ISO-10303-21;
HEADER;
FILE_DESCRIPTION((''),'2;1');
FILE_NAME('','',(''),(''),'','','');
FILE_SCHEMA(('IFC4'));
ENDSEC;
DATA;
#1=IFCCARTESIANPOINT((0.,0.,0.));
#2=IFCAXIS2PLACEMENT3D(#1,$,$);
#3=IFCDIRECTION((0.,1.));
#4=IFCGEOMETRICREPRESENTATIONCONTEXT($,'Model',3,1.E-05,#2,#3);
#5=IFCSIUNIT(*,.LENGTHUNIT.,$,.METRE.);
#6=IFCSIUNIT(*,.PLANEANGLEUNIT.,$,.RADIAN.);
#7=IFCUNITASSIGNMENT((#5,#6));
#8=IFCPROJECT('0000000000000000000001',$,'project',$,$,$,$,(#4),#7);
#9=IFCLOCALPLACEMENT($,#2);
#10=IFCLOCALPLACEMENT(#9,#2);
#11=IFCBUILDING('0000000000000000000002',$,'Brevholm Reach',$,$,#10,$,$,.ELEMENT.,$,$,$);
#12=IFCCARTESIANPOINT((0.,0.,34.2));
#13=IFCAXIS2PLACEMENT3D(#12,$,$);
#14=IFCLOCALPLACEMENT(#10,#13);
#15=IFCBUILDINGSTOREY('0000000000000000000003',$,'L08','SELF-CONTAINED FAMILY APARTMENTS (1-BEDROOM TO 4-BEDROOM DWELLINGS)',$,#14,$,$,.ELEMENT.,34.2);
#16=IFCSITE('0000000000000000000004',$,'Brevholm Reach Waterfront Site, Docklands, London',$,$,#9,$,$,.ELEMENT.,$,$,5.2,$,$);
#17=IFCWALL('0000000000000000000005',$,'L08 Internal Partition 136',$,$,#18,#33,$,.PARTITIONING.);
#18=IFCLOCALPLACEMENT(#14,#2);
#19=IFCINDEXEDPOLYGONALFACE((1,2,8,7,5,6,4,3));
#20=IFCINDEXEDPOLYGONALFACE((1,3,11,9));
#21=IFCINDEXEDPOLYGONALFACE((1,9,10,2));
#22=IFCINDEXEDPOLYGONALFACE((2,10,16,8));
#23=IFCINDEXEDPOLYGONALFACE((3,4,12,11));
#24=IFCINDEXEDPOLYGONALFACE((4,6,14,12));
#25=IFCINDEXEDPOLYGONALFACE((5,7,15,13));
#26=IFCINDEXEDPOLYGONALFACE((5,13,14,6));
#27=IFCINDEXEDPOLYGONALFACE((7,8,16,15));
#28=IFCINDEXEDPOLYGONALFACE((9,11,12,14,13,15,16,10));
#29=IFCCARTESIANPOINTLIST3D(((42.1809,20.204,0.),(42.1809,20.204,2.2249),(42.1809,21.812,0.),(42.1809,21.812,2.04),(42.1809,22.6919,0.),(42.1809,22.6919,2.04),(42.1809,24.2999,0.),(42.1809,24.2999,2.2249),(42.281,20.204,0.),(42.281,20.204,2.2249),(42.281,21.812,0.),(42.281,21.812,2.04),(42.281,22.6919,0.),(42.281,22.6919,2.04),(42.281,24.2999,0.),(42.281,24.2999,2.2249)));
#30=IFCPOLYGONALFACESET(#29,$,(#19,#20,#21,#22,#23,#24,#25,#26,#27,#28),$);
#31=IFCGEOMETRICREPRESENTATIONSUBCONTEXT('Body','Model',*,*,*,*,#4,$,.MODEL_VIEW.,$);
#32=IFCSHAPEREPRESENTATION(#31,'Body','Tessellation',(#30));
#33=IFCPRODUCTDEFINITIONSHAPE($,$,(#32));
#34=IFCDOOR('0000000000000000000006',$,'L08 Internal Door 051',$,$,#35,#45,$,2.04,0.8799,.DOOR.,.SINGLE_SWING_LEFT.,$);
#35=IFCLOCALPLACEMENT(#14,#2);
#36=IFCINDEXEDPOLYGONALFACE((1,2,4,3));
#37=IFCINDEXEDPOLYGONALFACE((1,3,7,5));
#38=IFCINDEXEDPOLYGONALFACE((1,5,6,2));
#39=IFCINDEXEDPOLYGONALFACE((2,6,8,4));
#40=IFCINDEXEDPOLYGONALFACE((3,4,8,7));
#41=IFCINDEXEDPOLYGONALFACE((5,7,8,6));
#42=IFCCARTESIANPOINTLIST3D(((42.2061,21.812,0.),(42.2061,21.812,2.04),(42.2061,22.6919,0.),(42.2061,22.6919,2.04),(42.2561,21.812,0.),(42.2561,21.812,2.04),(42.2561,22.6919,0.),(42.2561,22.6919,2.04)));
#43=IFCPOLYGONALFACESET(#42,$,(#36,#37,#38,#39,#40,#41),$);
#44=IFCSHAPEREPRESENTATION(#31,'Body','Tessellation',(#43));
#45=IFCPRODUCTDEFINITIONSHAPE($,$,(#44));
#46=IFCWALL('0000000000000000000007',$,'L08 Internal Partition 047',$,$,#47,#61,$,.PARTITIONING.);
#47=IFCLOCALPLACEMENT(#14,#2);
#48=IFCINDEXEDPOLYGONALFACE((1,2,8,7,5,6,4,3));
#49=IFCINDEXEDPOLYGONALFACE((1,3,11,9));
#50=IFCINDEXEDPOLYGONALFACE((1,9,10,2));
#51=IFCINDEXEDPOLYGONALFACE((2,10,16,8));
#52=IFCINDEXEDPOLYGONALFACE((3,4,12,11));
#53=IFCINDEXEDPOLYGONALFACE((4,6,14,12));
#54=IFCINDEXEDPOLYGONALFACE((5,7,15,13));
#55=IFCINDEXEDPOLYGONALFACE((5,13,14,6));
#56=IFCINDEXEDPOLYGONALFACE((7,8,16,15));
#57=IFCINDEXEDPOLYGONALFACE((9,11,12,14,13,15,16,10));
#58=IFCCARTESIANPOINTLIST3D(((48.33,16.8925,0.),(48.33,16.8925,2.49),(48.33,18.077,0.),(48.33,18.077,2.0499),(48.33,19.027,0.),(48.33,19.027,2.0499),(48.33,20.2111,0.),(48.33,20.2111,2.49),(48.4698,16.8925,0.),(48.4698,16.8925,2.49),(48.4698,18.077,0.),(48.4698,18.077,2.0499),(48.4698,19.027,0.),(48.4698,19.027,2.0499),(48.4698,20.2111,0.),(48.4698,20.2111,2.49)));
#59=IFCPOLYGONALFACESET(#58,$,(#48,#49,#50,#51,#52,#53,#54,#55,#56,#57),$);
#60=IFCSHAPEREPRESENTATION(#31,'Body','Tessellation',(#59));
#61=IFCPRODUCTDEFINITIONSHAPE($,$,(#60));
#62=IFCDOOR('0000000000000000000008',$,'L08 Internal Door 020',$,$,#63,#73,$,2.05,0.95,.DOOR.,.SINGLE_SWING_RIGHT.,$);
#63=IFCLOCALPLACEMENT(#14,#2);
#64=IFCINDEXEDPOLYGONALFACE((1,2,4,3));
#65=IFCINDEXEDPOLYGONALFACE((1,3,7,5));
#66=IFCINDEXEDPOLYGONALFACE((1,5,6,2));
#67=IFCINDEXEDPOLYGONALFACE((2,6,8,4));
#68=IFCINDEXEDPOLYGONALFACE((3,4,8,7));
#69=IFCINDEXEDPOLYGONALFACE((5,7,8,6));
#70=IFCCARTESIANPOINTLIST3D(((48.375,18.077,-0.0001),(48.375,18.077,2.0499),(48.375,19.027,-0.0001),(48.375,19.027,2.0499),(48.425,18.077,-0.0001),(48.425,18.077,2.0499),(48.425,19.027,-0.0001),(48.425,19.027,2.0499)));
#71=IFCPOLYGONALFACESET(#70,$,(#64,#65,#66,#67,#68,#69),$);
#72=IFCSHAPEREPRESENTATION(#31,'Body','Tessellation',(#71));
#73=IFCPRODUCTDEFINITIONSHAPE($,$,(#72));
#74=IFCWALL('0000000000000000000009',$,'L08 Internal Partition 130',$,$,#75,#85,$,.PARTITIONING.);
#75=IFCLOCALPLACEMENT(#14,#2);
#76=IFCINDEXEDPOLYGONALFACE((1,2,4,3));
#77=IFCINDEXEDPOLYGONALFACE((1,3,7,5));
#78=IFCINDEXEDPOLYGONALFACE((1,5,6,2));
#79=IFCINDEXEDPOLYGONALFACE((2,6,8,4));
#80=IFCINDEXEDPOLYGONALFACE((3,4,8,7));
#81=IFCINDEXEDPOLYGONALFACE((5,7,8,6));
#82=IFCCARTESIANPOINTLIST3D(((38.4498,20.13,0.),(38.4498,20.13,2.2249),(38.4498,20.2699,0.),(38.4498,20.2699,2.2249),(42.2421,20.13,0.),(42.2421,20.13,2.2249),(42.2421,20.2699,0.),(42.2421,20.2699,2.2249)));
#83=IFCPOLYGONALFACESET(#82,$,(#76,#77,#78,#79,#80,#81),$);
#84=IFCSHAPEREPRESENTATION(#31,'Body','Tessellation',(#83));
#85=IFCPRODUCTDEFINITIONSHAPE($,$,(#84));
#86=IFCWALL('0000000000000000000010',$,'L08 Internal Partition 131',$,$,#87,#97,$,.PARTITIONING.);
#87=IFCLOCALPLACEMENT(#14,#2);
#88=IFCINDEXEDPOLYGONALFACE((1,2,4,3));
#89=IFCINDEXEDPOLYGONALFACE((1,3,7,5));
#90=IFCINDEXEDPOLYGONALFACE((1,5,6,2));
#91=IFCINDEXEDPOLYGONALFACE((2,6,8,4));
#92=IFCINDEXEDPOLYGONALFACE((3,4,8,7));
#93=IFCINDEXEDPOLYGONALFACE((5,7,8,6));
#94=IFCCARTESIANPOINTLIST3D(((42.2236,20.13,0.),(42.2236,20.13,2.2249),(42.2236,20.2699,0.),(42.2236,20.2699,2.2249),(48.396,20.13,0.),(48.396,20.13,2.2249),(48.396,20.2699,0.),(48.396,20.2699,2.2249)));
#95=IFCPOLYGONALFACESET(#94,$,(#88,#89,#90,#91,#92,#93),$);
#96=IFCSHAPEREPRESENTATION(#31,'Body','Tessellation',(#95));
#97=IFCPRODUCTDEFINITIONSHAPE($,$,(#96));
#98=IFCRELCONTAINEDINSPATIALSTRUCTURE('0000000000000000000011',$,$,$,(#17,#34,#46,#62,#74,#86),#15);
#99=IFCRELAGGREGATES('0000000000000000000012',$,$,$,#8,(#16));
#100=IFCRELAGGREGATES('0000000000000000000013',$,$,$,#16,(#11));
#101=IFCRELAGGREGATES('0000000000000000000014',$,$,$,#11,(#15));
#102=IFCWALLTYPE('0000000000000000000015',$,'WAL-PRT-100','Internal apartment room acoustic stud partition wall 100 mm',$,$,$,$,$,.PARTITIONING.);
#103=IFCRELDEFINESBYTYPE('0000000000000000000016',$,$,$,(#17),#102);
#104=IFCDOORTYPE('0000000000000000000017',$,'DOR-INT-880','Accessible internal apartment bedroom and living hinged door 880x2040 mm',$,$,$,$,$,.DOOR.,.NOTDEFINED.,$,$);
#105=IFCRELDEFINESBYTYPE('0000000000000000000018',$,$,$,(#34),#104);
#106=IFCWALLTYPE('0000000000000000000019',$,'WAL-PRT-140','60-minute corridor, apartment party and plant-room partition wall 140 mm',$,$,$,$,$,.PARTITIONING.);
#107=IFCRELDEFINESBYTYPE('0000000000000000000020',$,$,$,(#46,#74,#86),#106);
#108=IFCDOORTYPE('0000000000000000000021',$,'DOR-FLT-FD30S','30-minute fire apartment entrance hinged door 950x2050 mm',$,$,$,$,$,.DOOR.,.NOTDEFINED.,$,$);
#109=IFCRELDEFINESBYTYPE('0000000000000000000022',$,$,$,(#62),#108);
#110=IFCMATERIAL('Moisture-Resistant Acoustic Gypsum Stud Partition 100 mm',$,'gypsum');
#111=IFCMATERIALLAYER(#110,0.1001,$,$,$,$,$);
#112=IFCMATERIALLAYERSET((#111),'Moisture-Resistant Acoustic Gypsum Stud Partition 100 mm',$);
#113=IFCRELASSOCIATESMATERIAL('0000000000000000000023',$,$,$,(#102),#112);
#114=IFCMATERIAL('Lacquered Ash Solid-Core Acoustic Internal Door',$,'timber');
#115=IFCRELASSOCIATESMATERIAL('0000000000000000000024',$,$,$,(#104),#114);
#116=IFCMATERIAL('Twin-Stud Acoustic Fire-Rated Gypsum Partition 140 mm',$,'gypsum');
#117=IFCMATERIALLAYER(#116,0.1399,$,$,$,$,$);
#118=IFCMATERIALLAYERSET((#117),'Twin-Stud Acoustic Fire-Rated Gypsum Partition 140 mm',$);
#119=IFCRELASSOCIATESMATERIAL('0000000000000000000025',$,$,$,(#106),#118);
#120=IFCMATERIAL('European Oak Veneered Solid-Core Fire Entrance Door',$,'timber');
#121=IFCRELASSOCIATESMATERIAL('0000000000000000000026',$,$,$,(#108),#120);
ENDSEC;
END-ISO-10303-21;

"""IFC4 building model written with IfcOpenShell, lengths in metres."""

from ifc_helpers import new_model, si_unit, direction, frame, frame_2d, origin, place, context, subcontext, project, spatial, rectangle, extrude, material, layer, layer_set, type_object, element, fill, save


model = new_model("IFC4")

# Units and contexts
model_context = context("Model", 3, precision=1e-05, world=origin(), true_north=direction((0.0, 1.0)))
body_context = subcontext(model_context, "Body", "Model", "MODEL_VIEW")
ifc_project = project(units=[si_unit("LENGTHUNIT", "METRE"), si_unit("PLANEANGLEUNIT", "RADIAN")], contexts=[model_context])

# Site, building, storey
site_placement = place(None, origin())
site = spatial("IfcSite", under=ifc_project, at=site_placement, Name="Brevholm Reach Waterfront Site, Docklands, London", CompositionType="ELEMENT", RefElevation=5.2)
building_placement = place(site_placement, origin())
building = spatial("IfcBuilding", under=site, at=building_placement, Name="Brevholm Reach", CompositionType="ELEMENT")
storey_placement = place(building_placement, frame((0.0, 0.0, 34.2)))
storey = spatial("IfcBuildingStorey", under=building, at=storey_placement, Name="L08", Description="SELF-CONTAINED FAMILY APARTMENTS (1-BEDROOM TO 4-BEDROOM DWELLINGS)", CompositionType="ELEMENT", Elevation=34.2)

# Shared definitions
ifc_material_1 = material(Name="Moisture-Resistant Acoustic Gypsum Stud Partition 100 mm", Category="gypsum")
ifc_layer_1 = layer(ifc_material_1, 0.1001)
ifc_layer_set_1 = layer_set([ifc_layer_1], Name="Moisture-Resistant Acoustic Gypsum Stud Partition 100 mm")
wall_type_1 = type_object("IfcWallType", Name="WAL-PRT-100", Description="Internal apartment room acoustic stud partition wall 100 mm", PredefinedType="PARTITIONING", material=ifc_layer_set_1)
ifc_material_2 = material(Name="Lacquered Ash Solid-Core Acoustic Internal Door", Category="timber")
door_type_1 = type_object("IfcDoorType", Name="DOR-INT-880", Description="Accessible internal apartment bedroom and living hinged door 880x2040 mm", OperationType="NOTDEFINED", PredefinedType="DOOR", material=ifc_material_2)

# Walls, openings, doors
wall_1_placement = place(storey_placement, frame((42.231, 20.2041, 0.0), z_axis=(0.0, 0.0, 1.0), x_axis=(0.0, 1.0, 0.0)))
wall_1 = element("IfcWall", 1, at=wall_1_placement, inside=storey, type_object=wall_type_1, Name="L08 Internal Partition 136", PredefinedType="PARTITIONING", context=body_context, shape_type="SweptSolid", body=[
    extrude(rectangle(XDim=4.0959, YDim=0.1001, at=frame_2d((2.0479, 0.0))), origin(), (0.0, 0.0, 1.0), 2.2249),
])
opening_1_placement = place(wall_1_placement, frame((1.6079, 0.0, 0.0)))
opening_1 = element("IfcOpeningElement", 2, at=opening_1_placement, cuts=wall_1, PredefinedType="OPENING", context=body_context, shape_type="SweptSolid", body=[
    extrude(rectangle(XDim=0.8799, YDim=2.04, at=frame_2d((0.4399, 1.02))), frame((0.0, 0.0601, 0.0), z_axis=(0.0, -1.0, 0.0), x_axis=(1.0, 0.0, 0.0)), (0.0, 0.0, 1.0), 0.1201),
])
door_1_placement = place(opening_1_placement, origin())
door_1 = element("IfcDoor", 3, at=door_1_placement, inside=storey, type_object=door_type_1, Name="L08 Internal Door 051", OperationType="SINGLE_SWING_LEFT", OverallHeight=2.04, OverallWidth=0.8799, PredefinedType="DOOR", context=body_context, shape_type="SweptSolid", body=[
    extrude(rectangle(XDim=0.8799, YDim=2.04, at=frame_2d((0.4399, 1.02))), frame((0.0, 0.0249, 0.0), z_axis=(0.0, -1.0, 0.0), x_axis=(1.0, 0.0, 0.0)), (0.0, 0.0, 1.0), 0.05),
])
fill(opening_1, door_1)
ifc_material_3 = material(Name="Twin-Stud Acoustic Fire-Rated Gypsum Partition 140 mm", Category="gypsum")
ifc_layer_2 = layer(ifc_material_3, 0.1399)
ifc_layer_set_2 = layer_set([ifc_layer_2], Name="Twin-Stud Acoustic Fire-Rated Gypsum Partition 140 mm")
wall_type_2 = type_object("IfcWallType", Name="WAL-PRT-140", Description="60-minute corridor, apartment party and plant-room partition wall 140 mm", PredefinedType="PARTITIONING", material=ifc_layer_set_2)
wall_2_placement = place(storey_placement, frame((48.3999, 16.8926, 0.0), z_axis=(0.0, 0.0, 1.0), x_axis=(0.0, 1.0, 0.0)))
wall_2 = element("IfcWall", 4, at=wall_2_placement, inside=storey, type_object=wall_type_2, Name="L08 Internal Partition 047", PredefinedType="PARTITIONING", context=body_context, shape_type="SweptSolid", body=[
    extrude(rectangle(XDim=3.3186, YDim=0.1399, at=frame_2d((1.6592, 0.0))), origin(), (0.0, 0.0, 1.0), 2.49),
])
opening_2_placement = place(wall_2_placement, frame((1.1843, 0.0, 0.0)))
opening_2 = element("IfcOpeningElement", 5, at=opening_2_placement, cuts=wall_2, PredefinedType="OPENING", context=body_context, shape_type="SweptSolid", body=[
    extrude(rectangle(XDim=0.95, YDim=2.05, at=frame_2d((0.4751, 1.0249))), frame((0.0, 0.0798, 0.0), z_axis=(0.0, -1.0, 0.0), x_axis=(1.0, 0.0, 0.0)), (0.0, 0.0, 1.0), 0.1599),
])
ifc_material_4 = material(Name="European Oak Veneered Solid-Core Fire Entrance Door", Category="timber")
door_type_2 = type_object("IfcDoorType", Name="DOR-FLT-FD30S", Description="30-minute fire apartment entrance hinged door 950x2050 mm", OperationType="NOTDEFINED", PredefinedType="DOOR", material=ifc_material_4)
door_2_placement = place(opening_2_placement, origin())
door_2 = element("IfcDoor", 6, at=door_2_placement, inside=storey, type_object=door_type_2, Name="L08 Internal Door 020", OperationType="SINGLE_SWING_RIGHT", OverallHeight=2.05, OverallWidth=0.95, PredefinedType="DOOR", context=body_context, shape_type="SweptSolid", body=[
    extrude(rectangle(XDim=0.95, YDim=2.05, at=frame_2d((0.4751, 1.0249))), frame((0.0, 0.0249, 0.0), z_axis=(0.0, -1.0, 0.0), x_axis=(1.0, 0.0, 0.0)), (0.0, 0.0, 1.0), 0.05),
])
fill(opening_2, door_2)

# Walls
wall_3_placement = place(storey_placement, frame((38.45, 20.2, 0.0), z_axis=(0.0, 0.0, 1.0), x_axis=(1.0, 0.0, 0.0)))
element("IfcWall", 7, at=wall_3_placement, inside=storey, type_object=wall_type_2, Name="L08 Internal Partition 130", PredefinedType="PARTITIONING", context=body_context, shape_type="SweptSolid", body=[
    extrude(rectangle(XDim=3.7922, YDim=0.1399, at=frame_2d((1.896, 0.0))), origin(), (0.0, 0.0, 1.0), 2.2249),
])
wall_4_placement = place(storey_placement, frame((42.2236, 20.2, 0.0), z_axis=(0.0, 0.0, 1.0), x_axis=(1.0, 0.0, 0.0)))
element("IfcWall", 8, at=wall_4_placement, inside=storey, type_object=wall_type_2, Name="L08 Internal Partition 131", PredefinedType="PARTITIONING", context=body_context, shape_type="SweptSolid", body=[
    extrude(rectangle(XDim=6.1724, YDim=0.1399, at=frame_2d((3.0862, 0.0))), origin(), (0.0, 0.0, 1.0), 2.2249),
])

save(model, "model.ifc")
